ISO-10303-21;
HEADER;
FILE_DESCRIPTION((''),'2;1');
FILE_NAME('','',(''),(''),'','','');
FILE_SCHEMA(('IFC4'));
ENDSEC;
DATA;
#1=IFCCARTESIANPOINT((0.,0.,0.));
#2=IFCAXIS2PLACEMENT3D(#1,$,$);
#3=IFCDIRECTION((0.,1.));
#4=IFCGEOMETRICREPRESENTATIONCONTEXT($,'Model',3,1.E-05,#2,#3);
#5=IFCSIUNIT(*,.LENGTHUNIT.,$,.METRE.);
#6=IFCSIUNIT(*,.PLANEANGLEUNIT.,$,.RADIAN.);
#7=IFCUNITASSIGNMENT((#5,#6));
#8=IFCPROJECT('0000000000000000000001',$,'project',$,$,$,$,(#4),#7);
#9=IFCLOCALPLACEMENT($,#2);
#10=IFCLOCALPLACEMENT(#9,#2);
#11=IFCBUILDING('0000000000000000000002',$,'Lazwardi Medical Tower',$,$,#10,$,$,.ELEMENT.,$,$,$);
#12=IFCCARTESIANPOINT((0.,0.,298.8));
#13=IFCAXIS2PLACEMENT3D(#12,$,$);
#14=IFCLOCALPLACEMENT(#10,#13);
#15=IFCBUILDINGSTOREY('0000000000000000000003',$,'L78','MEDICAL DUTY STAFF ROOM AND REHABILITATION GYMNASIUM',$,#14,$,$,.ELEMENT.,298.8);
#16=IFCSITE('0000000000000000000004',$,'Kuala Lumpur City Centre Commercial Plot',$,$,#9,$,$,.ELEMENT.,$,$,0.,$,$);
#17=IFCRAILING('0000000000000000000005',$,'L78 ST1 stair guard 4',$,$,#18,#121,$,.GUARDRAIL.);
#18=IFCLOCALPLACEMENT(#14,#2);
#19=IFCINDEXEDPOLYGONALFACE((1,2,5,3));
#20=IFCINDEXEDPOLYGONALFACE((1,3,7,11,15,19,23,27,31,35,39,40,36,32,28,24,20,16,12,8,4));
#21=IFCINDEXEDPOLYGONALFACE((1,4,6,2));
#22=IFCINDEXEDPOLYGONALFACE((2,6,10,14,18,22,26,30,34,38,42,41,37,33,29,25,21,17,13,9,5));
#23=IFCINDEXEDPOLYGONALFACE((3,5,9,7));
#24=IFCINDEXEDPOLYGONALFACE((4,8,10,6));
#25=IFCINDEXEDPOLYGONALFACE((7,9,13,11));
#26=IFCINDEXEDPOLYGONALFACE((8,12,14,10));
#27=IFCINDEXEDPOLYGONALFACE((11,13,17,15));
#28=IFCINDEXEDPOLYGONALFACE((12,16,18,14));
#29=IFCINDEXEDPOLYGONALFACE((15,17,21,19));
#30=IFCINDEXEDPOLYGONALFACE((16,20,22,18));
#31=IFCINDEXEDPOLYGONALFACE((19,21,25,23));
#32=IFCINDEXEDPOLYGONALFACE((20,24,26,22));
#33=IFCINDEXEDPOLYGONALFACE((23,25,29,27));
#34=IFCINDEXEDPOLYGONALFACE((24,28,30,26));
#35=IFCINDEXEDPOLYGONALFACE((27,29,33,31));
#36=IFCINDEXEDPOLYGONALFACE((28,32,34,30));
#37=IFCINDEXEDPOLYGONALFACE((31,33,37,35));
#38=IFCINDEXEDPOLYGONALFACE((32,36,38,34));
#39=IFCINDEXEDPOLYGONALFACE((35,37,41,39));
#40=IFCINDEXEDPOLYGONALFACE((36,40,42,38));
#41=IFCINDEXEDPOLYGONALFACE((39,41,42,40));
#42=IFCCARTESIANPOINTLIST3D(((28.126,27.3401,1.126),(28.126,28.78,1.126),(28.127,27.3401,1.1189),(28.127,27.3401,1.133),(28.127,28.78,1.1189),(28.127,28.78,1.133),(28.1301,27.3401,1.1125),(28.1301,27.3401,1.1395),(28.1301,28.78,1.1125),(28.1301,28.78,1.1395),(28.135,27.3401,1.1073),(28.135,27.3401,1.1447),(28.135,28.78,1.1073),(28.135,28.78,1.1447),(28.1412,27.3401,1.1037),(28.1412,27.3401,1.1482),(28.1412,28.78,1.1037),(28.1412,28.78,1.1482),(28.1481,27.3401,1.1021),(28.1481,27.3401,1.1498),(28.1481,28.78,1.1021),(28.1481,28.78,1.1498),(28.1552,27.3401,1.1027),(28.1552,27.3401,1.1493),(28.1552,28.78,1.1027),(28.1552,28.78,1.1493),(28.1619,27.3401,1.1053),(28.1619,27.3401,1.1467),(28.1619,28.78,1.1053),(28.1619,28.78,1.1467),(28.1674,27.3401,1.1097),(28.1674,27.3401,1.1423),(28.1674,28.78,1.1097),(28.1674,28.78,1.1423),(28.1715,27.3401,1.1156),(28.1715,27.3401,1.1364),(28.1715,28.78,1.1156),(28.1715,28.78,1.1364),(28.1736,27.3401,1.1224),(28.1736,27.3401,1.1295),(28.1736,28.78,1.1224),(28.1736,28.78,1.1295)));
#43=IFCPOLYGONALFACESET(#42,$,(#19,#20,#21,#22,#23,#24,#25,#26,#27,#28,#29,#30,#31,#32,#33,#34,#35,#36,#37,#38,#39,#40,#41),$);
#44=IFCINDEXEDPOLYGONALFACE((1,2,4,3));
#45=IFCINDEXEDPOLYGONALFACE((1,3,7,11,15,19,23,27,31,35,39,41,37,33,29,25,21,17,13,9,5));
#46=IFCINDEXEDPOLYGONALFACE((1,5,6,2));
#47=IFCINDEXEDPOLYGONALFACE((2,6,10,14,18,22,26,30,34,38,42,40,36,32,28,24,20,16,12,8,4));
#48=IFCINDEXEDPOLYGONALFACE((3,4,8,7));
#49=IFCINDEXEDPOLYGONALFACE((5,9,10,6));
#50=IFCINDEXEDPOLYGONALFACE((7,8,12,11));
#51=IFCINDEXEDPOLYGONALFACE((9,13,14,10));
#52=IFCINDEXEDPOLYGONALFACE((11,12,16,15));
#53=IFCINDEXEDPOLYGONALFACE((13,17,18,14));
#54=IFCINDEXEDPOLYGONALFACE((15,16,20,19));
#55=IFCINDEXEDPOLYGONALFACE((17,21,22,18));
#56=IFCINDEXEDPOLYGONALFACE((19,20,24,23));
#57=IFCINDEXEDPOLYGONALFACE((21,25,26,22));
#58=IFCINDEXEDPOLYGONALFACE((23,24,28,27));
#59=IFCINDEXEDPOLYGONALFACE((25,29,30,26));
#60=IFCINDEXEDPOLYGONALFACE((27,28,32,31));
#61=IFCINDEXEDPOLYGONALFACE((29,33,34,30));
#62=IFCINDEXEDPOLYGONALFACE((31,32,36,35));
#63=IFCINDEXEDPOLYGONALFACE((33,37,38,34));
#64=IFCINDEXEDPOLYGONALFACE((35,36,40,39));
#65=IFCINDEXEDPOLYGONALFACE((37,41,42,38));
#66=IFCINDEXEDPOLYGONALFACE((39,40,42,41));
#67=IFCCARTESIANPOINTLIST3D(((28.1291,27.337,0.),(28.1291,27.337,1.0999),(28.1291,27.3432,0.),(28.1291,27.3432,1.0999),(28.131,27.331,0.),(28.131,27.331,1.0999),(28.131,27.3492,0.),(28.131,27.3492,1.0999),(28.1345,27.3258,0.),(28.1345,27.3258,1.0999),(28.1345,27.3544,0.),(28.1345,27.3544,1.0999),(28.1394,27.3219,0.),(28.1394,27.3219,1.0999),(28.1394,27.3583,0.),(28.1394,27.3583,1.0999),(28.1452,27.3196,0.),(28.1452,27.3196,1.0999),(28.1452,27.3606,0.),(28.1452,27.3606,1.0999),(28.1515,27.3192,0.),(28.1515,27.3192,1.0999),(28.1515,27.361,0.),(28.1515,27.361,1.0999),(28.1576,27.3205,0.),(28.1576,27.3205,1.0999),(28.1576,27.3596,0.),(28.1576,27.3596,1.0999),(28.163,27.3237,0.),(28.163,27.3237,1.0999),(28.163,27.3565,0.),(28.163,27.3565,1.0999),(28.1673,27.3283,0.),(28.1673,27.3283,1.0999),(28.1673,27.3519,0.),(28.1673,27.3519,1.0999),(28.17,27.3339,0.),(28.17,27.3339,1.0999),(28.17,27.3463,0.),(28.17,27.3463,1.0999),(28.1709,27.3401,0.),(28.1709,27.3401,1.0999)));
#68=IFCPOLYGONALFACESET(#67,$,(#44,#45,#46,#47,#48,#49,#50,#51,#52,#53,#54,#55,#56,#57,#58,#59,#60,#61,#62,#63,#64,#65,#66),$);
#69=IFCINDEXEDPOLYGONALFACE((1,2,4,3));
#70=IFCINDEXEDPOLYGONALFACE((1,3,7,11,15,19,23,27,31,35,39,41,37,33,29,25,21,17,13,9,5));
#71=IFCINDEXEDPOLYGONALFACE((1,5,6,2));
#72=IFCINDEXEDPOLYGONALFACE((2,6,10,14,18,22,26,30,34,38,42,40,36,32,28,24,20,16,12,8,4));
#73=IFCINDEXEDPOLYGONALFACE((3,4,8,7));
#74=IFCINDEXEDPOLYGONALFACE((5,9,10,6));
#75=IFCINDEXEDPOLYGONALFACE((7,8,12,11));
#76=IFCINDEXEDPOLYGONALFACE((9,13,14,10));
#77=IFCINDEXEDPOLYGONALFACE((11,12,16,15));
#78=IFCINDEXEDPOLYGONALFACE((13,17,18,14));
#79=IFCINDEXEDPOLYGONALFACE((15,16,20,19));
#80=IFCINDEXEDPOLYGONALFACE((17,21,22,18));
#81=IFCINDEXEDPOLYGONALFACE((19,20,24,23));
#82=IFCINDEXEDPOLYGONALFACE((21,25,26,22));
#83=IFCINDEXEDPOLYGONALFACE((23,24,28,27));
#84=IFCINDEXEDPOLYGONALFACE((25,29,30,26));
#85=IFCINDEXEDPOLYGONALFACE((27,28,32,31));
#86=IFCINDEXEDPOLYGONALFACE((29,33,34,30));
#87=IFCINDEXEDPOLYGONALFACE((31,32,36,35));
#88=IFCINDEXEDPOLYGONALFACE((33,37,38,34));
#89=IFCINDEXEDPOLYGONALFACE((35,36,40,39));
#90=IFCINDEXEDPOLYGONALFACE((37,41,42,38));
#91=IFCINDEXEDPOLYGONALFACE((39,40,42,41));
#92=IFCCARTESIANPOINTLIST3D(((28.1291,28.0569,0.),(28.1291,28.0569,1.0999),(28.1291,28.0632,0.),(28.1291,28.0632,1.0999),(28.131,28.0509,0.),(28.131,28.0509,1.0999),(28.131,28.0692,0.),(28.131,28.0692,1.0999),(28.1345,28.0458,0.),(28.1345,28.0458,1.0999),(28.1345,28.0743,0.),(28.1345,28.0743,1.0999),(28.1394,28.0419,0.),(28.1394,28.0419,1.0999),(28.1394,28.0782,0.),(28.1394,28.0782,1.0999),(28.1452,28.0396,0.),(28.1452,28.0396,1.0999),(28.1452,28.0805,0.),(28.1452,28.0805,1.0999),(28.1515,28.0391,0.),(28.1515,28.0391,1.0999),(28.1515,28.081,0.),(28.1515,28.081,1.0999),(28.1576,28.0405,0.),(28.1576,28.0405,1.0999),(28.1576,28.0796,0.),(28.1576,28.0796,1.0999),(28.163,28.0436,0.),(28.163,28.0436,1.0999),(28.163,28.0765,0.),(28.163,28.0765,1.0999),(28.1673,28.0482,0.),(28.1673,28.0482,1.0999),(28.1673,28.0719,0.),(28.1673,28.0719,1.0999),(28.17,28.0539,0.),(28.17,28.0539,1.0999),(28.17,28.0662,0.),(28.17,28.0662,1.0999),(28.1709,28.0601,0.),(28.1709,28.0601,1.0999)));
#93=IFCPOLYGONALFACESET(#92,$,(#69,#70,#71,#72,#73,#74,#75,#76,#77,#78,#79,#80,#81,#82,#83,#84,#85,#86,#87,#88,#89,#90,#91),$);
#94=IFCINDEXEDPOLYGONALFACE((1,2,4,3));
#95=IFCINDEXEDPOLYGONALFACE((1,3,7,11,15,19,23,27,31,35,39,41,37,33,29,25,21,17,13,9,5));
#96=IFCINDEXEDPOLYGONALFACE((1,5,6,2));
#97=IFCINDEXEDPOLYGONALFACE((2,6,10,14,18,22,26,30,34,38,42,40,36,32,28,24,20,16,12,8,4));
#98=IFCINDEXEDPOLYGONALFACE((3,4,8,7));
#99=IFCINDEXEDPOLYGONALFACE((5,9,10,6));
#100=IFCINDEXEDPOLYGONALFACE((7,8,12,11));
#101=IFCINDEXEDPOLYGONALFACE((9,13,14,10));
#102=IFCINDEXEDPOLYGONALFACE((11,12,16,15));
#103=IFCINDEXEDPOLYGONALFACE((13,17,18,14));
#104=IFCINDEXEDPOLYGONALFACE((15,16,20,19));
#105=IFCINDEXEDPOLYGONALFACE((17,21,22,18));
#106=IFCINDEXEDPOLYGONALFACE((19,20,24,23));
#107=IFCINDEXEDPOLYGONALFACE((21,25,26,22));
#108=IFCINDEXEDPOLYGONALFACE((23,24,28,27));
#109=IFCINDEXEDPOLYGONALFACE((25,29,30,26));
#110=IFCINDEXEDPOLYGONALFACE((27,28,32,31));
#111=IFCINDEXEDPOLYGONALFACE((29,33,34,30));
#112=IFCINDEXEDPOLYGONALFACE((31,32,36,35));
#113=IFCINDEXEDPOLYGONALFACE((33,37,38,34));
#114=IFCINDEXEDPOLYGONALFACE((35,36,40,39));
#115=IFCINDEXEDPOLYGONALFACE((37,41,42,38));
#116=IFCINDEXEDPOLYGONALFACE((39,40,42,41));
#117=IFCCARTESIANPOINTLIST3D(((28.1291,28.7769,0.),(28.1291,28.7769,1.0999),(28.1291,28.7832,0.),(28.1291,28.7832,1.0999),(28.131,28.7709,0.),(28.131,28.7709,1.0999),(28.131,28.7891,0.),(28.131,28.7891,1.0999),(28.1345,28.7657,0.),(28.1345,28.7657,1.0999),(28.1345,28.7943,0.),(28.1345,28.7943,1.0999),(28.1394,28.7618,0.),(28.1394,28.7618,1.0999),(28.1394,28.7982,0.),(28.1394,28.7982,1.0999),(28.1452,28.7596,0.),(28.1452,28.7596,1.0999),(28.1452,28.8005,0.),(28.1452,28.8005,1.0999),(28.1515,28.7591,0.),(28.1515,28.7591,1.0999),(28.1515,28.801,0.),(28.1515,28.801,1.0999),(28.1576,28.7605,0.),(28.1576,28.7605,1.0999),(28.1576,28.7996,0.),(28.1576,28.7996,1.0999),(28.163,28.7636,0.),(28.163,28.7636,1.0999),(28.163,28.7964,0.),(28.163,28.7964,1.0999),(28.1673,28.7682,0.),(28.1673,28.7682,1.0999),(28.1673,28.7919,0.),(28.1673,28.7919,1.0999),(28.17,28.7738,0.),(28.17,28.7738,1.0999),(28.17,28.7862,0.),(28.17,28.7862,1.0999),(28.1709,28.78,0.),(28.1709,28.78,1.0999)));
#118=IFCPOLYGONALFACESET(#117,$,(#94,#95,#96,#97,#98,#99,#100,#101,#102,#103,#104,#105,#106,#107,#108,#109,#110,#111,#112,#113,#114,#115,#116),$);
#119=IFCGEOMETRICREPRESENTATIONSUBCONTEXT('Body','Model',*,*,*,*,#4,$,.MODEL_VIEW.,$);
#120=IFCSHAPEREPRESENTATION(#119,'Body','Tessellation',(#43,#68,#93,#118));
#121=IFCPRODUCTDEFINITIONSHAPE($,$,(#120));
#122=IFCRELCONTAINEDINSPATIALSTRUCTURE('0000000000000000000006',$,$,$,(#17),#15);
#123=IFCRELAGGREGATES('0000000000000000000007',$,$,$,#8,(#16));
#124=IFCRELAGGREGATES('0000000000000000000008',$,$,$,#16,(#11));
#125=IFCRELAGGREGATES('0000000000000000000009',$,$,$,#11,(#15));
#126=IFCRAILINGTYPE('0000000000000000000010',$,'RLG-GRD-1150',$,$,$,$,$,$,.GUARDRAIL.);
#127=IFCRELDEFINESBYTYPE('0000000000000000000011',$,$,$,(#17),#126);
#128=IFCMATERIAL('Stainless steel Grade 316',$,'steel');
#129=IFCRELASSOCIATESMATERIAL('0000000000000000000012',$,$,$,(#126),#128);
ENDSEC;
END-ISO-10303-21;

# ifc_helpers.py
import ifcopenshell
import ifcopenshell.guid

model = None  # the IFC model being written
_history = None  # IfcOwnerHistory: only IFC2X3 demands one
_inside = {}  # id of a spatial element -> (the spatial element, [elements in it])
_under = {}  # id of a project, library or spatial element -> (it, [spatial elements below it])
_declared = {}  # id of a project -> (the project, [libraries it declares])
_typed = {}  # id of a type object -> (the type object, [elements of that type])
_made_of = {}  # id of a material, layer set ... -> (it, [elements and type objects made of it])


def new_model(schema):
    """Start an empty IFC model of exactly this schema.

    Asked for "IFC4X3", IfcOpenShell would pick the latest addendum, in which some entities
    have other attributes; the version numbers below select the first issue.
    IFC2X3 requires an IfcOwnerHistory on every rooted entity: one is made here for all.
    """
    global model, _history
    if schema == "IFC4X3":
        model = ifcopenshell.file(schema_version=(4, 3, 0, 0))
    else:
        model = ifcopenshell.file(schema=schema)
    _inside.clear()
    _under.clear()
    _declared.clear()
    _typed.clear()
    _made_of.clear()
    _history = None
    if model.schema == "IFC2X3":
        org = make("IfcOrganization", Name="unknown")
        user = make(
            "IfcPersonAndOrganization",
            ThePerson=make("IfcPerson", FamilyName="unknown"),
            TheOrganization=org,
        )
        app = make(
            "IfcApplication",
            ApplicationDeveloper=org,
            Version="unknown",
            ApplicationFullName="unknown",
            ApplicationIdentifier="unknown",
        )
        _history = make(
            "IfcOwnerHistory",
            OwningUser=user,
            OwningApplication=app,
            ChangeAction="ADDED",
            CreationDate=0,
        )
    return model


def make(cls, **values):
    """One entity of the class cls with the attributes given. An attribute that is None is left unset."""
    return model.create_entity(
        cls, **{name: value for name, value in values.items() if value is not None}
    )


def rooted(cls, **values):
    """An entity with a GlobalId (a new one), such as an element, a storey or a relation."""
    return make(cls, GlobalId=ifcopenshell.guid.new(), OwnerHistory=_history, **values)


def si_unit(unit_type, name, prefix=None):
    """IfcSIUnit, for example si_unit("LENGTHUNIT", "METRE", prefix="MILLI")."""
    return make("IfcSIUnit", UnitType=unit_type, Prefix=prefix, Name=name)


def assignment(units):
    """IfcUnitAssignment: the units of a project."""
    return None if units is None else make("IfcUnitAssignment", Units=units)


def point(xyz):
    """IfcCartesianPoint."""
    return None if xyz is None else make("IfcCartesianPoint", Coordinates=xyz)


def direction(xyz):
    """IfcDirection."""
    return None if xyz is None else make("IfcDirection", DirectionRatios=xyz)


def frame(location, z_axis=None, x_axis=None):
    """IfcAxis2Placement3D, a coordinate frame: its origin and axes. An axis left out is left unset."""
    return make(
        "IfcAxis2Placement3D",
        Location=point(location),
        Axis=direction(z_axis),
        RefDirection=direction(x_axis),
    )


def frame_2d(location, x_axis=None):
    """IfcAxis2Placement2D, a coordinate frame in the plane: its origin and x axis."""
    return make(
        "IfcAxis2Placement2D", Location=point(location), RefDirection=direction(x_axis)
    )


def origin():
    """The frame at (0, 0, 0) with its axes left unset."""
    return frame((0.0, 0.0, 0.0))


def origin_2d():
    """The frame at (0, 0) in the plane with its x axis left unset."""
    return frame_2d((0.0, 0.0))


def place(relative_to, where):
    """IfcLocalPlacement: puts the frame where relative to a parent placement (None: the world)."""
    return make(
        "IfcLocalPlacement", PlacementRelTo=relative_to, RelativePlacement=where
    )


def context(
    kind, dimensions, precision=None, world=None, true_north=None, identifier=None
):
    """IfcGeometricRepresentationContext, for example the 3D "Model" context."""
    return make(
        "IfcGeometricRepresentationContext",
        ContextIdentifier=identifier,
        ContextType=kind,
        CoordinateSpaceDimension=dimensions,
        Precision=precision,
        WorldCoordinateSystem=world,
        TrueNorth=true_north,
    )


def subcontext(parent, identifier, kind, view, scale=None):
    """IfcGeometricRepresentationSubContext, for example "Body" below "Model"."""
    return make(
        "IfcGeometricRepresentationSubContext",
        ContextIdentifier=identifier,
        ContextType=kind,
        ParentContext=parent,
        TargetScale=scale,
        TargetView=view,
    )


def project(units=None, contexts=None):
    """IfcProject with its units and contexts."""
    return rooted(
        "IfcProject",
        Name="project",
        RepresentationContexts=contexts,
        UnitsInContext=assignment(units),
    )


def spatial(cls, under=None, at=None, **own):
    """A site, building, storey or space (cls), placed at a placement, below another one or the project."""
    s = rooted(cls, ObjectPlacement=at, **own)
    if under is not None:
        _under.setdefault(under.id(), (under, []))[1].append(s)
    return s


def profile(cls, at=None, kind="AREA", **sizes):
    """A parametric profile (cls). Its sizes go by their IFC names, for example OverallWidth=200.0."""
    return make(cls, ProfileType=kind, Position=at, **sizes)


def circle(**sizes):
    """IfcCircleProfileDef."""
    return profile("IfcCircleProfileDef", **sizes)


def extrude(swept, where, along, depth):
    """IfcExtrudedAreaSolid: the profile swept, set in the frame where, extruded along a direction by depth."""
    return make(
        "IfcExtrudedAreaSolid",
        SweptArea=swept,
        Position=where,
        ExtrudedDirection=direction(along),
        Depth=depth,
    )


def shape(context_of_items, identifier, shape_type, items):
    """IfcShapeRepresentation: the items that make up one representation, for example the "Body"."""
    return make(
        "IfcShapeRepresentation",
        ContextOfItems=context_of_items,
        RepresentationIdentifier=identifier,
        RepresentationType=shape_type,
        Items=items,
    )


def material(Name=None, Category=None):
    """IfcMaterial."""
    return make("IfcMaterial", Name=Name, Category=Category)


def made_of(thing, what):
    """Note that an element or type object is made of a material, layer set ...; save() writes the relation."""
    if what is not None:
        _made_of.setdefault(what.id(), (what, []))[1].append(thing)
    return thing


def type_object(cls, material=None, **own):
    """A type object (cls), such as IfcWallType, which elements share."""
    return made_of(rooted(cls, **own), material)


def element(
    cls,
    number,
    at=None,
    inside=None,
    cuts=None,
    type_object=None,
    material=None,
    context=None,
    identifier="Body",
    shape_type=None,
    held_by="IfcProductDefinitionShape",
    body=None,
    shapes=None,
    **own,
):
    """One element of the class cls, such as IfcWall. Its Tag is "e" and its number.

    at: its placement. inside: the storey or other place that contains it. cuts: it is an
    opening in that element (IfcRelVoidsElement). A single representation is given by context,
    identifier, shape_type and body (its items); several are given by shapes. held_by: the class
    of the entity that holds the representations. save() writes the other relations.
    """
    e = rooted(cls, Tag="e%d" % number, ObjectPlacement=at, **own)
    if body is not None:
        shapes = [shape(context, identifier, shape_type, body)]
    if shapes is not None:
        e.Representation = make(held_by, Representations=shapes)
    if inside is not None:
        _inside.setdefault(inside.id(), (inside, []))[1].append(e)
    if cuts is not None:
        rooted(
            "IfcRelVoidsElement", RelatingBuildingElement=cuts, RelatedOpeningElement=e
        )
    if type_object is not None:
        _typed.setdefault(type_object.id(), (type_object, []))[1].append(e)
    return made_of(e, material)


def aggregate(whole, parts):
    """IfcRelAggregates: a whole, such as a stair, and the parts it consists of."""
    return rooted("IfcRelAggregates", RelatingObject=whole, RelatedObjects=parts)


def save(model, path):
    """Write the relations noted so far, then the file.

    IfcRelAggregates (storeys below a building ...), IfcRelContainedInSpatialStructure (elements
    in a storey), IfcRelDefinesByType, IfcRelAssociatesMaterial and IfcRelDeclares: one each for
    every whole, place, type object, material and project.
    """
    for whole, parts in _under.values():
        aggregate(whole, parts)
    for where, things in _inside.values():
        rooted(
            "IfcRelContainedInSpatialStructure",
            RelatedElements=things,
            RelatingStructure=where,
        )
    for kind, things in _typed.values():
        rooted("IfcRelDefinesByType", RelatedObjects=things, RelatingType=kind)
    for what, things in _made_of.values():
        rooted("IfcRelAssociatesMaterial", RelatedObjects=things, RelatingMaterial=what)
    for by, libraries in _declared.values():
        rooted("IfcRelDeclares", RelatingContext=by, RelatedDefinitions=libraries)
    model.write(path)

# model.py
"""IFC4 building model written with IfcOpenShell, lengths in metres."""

from ifc_helpers import new_model, si_unit, direction, frame, origin, origin_2d, place, context, subcontext, project, spatial, circle, extrude, material, type_object, element, save


model = new_model("IFC4")

# Units and contexts
model_context = context("Model", 3, precision=1e-05, world=origin(), true_north=direction((0.0, 1.0)))
body_context = subcontext(model_context, "Body", "Model", "MODEL_VIEW")
ifc_project = project(units=[si_unit("LENGTHUNIT", "METRE"), si_unit("PLANEANGLEUNIT", "RADIAN")], contexts=[model_context])

# Site, building, storey
site_placement = place(None, origin())
site = spatial("IfcSite", under=ifc_project, at=site_placement, Name="Kuala Lumpur City Centre Commercial Plot", CompositionType="ELEMENT", RefElevation=0.0)
building_placement = place(site_placement, origin())
building = spatial("IfcBuilding", under=site, at=building_placement, Name="Lazwardi Medical Tower", CompositionType="ELEMENT")
storey_placement = place(building_placement, frame((0.0, 0.0, 298.8)))
storey = spatial("IfcBuildingStorey", under=building, at=storey_placement, Name="L78", Description="MEDICAL DUTY STAFF ROOM AND REHABILITATION GYMNASIUM", CompositionType="ELEMENT", Elevation=298.8)

# Railing
ifc_material_1 = material(Name="Stainless steel Grade 316", Category="steel")
railing_type = type_object("IfcRailingType", Name="RLG-GRD-1150", PredefinedType="GUARDRAIL", material=ifc_material_1)
railing_placement = place(storey_placement, frame((28.1499, 27.3401, 0.0)))
element("IfcRailing", 1, at=railing_placement, inside=storey, type_object=railing_type, Name="L78 ST1 stair guard 4", PredefinedType="GUARDRAIL", context=body_context, shape_type="SweptSolid", body=[
    extrude(circle(Radius=0.0239, at=origin_2d()), frame((0.0, 0.0, 1.126), z_axis=(0.0, 1.0, 0.0), x_axis=(-1.0, 0.0, 0.0)), (0.0, 0.0, 1.0), 1.4399),
    extrude(circle(Radius=0.021, at=origin_2d()), origin(), (0.0, 0.0, 1.0), 1.0999),
    extrude(circle(Radius=0.021, at=origin_2d()), frame((0.0, 0.72, 0.0)), (0.0, 0.0, 1.0), 1.0999),
    extrude(circle(Radius=0.021, at=origin_2d()), frame((0.0, 1.4399, 0.0)), (0.0, 0.0, 1.0), 1.0999),
])

save(model, "model.ifc")
